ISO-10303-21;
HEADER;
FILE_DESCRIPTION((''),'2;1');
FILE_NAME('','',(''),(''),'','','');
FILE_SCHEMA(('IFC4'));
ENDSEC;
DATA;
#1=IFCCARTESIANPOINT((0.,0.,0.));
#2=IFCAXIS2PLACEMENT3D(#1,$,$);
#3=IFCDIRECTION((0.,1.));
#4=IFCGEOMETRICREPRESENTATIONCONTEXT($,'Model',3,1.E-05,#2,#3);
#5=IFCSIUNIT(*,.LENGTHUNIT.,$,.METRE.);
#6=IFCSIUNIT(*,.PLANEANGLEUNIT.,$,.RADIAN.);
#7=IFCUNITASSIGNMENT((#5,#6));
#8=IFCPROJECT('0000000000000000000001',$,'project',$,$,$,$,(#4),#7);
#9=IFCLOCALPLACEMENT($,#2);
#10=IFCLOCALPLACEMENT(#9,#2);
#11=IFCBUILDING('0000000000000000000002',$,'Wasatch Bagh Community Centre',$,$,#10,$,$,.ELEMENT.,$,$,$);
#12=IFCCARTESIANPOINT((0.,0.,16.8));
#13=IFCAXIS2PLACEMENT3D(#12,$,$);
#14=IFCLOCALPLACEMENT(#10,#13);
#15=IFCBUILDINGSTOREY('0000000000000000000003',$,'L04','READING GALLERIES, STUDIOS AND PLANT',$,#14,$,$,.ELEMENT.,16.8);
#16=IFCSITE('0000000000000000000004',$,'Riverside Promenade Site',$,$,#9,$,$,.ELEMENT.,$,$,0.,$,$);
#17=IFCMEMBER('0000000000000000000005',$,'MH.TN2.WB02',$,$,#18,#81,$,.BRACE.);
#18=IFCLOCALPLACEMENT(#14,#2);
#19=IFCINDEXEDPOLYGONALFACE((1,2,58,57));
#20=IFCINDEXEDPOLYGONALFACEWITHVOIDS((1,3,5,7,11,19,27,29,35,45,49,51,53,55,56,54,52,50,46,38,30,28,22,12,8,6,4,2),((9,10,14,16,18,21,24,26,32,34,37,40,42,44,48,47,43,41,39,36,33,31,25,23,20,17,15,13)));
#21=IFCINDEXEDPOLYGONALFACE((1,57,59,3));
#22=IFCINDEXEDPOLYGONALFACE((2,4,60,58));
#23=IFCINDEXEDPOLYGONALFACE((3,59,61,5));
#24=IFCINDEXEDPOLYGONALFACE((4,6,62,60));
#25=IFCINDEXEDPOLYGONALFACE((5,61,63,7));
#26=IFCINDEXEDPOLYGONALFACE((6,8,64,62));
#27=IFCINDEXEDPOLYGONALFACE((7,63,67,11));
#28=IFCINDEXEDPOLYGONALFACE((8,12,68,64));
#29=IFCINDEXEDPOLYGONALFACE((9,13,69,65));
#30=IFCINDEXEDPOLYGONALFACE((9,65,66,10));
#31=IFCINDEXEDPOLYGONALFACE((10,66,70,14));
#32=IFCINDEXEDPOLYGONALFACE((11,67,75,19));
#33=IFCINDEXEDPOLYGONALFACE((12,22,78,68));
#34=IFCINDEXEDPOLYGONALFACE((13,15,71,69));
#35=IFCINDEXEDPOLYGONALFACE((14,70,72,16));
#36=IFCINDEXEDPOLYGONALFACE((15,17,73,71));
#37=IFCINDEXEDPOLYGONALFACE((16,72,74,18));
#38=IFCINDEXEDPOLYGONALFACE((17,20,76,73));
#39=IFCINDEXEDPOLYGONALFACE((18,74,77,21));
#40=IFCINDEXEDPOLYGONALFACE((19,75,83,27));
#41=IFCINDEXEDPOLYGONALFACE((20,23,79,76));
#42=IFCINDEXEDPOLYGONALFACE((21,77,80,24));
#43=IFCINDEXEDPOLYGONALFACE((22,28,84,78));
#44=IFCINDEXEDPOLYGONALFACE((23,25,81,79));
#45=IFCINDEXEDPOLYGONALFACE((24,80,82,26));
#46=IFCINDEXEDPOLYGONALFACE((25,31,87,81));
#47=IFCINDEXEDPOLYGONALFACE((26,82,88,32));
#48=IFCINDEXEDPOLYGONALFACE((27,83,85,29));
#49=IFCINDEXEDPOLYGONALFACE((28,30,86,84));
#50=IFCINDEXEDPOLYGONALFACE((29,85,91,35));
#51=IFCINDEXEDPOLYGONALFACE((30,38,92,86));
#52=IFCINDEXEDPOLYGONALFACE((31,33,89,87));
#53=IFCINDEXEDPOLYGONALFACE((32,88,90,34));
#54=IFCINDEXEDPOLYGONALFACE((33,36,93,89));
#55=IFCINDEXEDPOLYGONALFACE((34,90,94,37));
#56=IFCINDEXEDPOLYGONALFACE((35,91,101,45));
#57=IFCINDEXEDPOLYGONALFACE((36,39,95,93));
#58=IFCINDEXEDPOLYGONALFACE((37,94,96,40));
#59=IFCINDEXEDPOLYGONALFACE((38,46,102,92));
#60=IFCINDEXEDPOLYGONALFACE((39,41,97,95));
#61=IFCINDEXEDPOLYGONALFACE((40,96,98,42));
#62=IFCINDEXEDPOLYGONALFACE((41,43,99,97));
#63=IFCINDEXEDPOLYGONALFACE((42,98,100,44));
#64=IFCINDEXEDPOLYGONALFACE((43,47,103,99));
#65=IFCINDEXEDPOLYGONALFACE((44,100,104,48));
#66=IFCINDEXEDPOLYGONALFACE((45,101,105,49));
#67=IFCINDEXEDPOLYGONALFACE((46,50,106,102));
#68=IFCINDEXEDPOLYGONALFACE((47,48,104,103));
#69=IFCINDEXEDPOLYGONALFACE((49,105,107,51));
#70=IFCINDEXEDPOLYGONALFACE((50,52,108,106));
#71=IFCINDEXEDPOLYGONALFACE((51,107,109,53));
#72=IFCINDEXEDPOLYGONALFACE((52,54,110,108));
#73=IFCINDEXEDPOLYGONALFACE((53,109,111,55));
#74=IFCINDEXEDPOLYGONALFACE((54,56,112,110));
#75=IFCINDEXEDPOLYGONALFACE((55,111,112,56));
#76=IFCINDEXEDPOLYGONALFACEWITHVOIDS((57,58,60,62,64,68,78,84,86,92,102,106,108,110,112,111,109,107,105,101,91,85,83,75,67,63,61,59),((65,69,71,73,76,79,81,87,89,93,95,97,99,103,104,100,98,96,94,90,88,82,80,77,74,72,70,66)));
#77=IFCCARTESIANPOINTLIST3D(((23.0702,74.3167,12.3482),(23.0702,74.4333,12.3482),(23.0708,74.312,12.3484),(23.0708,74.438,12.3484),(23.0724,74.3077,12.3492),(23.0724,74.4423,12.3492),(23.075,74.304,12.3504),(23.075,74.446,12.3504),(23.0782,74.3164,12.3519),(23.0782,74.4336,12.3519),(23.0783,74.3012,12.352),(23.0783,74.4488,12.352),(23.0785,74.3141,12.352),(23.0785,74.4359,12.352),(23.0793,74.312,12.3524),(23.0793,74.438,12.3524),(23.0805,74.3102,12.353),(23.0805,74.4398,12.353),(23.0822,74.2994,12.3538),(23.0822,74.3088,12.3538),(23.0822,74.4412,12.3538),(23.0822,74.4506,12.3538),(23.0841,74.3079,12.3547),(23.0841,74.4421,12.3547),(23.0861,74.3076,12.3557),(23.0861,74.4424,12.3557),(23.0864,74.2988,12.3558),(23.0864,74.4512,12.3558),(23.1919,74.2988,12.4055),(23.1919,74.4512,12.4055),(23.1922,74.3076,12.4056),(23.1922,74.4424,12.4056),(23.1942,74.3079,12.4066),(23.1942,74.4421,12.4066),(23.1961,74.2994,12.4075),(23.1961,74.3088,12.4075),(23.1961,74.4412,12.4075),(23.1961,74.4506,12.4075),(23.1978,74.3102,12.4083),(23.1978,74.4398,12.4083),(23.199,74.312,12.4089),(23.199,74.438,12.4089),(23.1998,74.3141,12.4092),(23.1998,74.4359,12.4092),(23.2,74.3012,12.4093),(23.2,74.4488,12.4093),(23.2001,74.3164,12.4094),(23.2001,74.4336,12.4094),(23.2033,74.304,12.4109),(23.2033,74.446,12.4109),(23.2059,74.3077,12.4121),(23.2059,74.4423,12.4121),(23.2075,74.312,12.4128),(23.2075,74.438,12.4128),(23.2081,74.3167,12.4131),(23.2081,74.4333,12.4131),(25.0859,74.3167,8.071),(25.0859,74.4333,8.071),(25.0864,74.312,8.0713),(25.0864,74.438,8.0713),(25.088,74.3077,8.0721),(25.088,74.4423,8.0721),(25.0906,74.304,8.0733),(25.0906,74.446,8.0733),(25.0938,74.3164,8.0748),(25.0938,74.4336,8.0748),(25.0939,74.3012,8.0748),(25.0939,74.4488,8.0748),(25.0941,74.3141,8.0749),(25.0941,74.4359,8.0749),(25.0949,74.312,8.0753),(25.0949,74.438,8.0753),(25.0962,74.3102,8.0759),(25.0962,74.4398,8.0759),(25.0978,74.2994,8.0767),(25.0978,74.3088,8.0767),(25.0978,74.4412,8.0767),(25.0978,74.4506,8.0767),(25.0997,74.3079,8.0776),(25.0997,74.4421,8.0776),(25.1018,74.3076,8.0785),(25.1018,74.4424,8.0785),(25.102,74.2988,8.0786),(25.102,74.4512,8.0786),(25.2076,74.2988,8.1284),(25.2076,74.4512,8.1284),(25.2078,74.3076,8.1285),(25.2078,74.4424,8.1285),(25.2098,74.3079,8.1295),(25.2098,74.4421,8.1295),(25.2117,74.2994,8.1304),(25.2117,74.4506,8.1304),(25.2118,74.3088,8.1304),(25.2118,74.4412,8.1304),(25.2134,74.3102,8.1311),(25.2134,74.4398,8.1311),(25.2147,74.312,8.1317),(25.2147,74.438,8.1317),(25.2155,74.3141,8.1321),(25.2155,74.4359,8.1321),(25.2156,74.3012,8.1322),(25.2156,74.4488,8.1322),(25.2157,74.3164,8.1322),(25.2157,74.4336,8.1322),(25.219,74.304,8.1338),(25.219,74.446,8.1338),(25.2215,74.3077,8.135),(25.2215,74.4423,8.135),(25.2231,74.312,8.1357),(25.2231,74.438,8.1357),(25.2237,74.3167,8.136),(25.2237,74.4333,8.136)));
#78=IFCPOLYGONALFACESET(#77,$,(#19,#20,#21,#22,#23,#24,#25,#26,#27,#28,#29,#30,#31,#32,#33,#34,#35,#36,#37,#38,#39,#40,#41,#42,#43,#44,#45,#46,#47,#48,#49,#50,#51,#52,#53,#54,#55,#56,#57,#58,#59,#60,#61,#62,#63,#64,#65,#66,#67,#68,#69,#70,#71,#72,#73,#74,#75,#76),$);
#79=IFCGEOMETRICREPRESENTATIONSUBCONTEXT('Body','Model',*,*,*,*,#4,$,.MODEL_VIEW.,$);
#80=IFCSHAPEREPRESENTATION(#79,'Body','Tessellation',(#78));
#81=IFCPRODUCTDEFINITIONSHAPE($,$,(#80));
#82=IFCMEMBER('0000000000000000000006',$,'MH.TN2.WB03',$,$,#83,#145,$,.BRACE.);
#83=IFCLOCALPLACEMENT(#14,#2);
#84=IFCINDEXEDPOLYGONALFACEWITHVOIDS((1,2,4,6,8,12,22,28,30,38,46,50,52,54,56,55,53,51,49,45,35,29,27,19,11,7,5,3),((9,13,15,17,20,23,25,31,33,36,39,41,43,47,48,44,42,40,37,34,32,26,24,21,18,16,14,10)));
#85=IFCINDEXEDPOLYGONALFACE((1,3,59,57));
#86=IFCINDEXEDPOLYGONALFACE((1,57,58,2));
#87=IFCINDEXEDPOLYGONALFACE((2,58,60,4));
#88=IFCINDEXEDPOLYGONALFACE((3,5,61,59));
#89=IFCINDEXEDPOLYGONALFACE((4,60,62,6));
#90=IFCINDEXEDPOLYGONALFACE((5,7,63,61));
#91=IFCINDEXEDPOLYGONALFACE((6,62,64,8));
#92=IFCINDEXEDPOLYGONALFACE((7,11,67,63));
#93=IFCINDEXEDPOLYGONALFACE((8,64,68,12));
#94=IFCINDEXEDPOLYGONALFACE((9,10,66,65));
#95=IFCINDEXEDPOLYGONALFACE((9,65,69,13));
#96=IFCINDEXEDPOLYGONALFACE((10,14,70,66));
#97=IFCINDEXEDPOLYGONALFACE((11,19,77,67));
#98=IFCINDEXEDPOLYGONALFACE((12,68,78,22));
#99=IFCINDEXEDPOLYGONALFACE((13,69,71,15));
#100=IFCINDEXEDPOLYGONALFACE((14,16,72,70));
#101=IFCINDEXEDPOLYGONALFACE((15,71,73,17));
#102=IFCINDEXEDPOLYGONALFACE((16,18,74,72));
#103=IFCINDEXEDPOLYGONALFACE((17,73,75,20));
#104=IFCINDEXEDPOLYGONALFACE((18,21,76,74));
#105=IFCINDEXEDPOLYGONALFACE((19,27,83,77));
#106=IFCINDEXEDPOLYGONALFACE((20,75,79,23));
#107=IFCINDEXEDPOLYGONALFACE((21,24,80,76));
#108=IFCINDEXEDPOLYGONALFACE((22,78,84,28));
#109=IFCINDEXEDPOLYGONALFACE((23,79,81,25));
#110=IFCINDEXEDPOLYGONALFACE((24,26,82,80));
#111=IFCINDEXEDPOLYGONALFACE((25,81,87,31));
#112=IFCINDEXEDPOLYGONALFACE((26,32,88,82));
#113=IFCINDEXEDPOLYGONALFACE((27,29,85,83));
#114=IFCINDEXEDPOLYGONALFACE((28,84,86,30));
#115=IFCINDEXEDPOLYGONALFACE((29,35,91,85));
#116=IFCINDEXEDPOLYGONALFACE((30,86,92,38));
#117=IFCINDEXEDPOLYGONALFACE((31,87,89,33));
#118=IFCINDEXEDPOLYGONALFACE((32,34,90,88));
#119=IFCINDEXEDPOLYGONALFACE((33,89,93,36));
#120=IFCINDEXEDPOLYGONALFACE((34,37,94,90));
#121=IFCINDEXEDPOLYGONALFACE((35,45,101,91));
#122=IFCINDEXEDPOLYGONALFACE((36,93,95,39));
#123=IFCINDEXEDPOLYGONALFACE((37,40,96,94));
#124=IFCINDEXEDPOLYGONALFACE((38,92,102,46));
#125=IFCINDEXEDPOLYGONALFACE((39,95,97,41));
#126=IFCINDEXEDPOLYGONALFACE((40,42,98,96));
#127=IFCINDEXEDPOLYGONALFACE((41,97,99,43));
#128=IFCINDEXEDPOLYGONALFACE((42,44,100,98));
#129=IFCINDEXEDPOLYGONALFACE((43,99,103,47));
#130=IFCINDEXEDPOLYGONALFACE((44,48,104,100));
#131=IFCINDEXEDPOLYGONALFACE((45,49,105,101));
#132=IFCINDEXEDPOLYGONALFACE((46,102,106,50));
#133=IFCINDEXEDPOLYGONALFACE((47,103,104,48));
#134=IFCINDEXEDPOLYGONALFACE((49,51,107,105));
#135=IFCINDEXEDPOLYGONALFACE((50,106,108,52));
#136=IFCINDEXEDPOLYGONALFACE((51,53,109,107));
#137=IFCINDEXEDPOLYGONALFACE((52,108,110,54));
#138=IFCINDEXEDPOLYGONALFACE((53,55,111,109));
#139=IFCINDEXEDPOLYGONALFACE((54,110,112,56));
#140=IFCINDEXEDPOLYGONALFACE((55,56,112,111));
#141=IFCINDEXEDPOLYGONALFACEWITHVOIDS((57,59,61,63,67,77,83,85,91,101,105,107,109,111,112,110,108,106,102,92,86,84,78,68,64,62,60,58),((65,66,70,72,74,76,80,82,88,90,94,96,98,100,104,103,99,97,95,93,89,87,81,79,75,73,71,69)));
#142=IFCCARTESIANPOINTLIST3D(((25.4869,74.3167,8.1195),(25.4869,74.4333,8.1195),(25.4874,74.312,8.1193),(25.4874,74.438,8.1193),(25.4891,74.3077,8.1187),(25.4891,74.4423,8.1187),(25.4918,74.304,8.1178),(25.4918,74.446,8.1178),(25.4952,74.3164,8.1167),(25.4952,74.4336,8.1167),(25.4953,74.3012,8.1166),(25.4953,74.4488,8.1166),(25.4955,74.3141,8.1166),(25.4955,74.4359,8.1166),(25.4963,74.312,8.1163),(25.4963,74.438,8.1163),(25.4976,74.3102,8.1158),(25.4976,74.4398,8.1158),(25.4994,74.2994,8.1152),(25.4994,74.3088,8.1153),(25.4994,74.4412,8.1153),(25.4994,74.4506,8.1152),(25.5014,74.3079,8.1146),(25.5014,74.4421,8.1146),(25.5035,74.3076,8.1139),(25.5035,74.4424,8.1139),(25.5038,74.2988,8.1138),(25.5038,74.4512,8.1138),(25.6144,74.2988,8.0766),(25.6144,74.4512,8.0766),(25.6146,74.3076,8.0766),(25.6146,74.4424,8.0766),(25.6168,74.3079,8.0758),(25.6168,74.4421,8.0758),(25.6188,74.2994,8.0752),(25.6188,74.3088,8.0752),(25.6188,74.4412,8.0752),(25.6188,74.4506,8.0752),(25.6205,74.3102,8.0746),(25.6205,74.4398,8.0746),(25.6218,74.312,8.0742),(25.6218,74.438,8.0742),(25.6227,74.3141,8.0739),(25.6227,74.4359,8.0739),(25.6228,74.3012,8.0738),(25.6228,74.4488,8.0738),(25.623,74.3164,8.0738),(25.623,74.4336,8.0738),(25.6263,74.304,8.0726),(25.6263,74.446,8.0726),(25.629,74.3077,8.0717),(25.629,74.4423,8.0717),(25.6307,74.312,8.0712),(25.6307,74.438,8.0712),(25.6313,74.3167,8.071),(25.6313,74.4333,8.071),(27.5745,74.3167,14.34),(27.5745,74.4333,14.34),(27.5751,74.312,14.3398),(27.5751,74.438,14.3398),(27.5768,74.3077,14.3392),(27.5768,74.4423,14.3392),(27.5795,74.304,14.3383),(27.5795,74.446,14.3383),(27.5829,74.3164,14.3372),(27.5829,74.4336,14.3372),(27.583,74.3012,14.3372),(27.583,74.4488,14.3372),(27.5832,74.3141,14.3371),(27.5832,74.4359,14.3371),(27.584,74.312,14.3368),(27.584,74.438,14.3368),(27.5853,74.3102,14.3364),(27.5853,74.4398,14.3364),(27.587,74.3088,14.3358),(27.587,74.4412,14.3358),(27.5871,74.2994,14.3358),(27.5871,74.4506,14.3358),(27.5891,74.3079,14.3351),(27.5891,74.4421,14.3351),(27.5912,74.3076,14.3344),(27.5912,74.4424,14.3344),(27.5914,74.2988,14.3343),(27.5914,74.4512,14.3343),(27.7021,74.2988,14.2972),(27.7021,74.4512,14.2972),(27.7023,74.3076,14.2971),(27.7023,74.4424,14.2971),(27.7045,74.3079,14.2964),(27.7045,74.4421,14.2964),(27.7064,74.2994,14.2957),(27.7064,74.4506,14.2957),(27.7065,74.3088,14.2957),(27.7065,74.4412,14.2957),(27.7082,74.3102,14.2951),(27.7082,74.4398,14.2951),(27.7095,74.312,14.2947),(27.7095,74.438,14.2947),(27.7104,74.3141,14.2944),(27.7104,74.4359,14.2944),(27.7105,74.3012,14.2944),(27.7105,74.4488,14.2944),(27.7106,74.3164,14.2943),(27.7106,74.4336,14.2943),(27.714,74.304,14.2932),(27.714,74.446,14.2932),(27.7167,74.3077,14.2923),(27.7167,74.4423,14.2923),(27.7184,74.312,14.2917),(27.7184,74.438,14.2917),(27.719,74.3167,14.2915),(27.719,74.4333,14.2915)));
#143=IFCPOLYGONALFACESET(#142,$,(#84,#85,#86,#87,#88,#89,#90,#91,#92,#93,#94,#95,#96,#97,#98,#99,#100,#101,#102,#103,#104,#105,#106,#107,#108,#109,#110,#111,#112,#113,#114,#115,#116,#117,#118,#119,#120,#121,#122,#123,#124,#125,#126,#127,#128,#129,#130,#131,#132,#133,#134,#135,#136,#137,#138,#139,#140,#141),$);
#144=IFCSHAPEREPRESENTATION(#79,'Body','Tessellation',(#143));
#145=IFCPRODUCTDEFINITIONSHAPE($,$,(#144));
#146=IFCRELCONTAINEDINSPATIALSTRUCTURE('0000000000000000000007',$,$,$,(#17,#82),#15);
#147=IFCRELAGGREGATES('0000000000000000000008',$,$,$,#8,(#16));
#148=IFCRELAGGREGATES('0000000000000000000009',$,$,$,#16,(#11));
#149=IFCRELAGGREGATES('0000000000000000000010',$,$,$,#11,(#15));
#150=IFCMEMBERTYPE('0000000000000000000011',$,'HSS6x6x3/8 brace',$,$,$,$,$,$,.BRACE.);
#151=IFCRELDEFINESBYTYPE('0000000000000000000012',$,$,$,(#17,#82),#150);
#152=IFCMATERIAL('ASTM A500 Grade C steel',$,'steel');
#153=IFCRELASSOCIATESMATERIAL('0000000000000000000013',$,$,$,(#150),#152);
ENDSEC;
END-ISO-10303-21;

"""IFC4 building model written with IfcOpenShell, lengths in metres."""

from ifc_helpers import new_model, si_unit, direction, frame, origin, origin_2d, place, context, subcontext, project, spatial, hollow_rectangle, extrude, material, material_profile, profile_set, type_object, element, save


model = new_model("IFC4")

# Units and contexts
model_context = context("Model", 3, precision=1e-05, world=origin(), true_north=direction((0.0, 1.0)))
body_context = subcontext(model_context, "Body", "Model", "MODEL_VIEW")
ifc_project = project(units=[si_unit("LENGTHUNIT", "METRE"), si_unit("PLANEANGLEUNIT", "RADIAN")], contexts=[model_context])

# Site, building, storey
site_placement = place(None, origin())
site = spatial("IfcSite", under=ifc_project, at=site_placement, Name="Riverside Promenade Site", CompositionType="ELEMENT", RefElevation=0.0)
building_placement = place(site_placement, origin())
building = spatial("IfcBuilding", under=site, at=building_placement, Name="Wasatch Bagh Community Centre", CompositionType="ELEMENT")
storey_placement = place(building_placement, frame((0.0, 0.0, 16.8)))
storey = spatial("IfcBuildingStorey", under=building, at=storey_placement, Name="L04", Description="READING GALLERIES, STUDIOS AND PLANT", CompositionType="ELEMENT", Elevation=16.8)

# Members
ifc_material_1 = material(Name="ASTM A500 Grade C steel", Category="steel")
ifc_material_profile_1 = material_profile(ifc_material_1, hollow_rectangle(XDim=0.1523, YDim=0.1523, WallThickness=0.0088, InnerFilletRadius=0.0088, OuterFilletRadius=0.0178, at=origin_2d()), Name="HSS6x6x3/8")
ifc_profile_set_1 = profile_set([ifc_material_profile_1], Name="ASTM A500 Grade C steel")
member_type_1 = type_object("IfcMemberType", Name="HSS6x6x3/8 brace", PredefinedType="BRACE", material=ifc_profile_set_1)
member_1_placement = place(storey_placement, frame((25.1548, 74.375, 8.1035), z_axis=(-0.426294, 0.0, 0.904585), x_axis=(0.0, -1.0, 0.0)))
element("IfcMember", 1, at=member_1_placement, inside=storey, type_object=member_type_1, Name="MH.TN2.WB02", PredefinedType="BRACE", context=body_context, shape_type="SweptSolid", body=[
    extrude(hollow_rectangle(XDim=0.1523, YDim=0.1523, WallThickness=0.0088, InnerFilletRadius=0.0088, OuterFilletRadius=0.0178, at=origin_2d()), origin(), (0.0, 0.0, 1.0), 4.7283),
])
member_2_placement = place(storey_placement, frame((25.5591, 74.375, 8.0952), z_axis=(0.318169, 0.0, 0.948034), x_axis=(0.0, 1.0, 0.0)))
element("IfcMember", 2, at=member_2_placement, inside=storey, type_object=member_type_1, Name="MH.TN2.WB03", PredefinedType="BRACE", context=body_context, shape_type="SweptSolid", body=[
    extrude(hollow_rectangle(XDim=0.1523, YDim=0.1523, WallThickness=0.0088, InnerFilletRadius=0.0088, OuterFilletRadius=0.0178, at=origin_2d()), origin(), (0.0, 0.0, 1.0), 6.5615),
])

save(model, "model.ifc")
